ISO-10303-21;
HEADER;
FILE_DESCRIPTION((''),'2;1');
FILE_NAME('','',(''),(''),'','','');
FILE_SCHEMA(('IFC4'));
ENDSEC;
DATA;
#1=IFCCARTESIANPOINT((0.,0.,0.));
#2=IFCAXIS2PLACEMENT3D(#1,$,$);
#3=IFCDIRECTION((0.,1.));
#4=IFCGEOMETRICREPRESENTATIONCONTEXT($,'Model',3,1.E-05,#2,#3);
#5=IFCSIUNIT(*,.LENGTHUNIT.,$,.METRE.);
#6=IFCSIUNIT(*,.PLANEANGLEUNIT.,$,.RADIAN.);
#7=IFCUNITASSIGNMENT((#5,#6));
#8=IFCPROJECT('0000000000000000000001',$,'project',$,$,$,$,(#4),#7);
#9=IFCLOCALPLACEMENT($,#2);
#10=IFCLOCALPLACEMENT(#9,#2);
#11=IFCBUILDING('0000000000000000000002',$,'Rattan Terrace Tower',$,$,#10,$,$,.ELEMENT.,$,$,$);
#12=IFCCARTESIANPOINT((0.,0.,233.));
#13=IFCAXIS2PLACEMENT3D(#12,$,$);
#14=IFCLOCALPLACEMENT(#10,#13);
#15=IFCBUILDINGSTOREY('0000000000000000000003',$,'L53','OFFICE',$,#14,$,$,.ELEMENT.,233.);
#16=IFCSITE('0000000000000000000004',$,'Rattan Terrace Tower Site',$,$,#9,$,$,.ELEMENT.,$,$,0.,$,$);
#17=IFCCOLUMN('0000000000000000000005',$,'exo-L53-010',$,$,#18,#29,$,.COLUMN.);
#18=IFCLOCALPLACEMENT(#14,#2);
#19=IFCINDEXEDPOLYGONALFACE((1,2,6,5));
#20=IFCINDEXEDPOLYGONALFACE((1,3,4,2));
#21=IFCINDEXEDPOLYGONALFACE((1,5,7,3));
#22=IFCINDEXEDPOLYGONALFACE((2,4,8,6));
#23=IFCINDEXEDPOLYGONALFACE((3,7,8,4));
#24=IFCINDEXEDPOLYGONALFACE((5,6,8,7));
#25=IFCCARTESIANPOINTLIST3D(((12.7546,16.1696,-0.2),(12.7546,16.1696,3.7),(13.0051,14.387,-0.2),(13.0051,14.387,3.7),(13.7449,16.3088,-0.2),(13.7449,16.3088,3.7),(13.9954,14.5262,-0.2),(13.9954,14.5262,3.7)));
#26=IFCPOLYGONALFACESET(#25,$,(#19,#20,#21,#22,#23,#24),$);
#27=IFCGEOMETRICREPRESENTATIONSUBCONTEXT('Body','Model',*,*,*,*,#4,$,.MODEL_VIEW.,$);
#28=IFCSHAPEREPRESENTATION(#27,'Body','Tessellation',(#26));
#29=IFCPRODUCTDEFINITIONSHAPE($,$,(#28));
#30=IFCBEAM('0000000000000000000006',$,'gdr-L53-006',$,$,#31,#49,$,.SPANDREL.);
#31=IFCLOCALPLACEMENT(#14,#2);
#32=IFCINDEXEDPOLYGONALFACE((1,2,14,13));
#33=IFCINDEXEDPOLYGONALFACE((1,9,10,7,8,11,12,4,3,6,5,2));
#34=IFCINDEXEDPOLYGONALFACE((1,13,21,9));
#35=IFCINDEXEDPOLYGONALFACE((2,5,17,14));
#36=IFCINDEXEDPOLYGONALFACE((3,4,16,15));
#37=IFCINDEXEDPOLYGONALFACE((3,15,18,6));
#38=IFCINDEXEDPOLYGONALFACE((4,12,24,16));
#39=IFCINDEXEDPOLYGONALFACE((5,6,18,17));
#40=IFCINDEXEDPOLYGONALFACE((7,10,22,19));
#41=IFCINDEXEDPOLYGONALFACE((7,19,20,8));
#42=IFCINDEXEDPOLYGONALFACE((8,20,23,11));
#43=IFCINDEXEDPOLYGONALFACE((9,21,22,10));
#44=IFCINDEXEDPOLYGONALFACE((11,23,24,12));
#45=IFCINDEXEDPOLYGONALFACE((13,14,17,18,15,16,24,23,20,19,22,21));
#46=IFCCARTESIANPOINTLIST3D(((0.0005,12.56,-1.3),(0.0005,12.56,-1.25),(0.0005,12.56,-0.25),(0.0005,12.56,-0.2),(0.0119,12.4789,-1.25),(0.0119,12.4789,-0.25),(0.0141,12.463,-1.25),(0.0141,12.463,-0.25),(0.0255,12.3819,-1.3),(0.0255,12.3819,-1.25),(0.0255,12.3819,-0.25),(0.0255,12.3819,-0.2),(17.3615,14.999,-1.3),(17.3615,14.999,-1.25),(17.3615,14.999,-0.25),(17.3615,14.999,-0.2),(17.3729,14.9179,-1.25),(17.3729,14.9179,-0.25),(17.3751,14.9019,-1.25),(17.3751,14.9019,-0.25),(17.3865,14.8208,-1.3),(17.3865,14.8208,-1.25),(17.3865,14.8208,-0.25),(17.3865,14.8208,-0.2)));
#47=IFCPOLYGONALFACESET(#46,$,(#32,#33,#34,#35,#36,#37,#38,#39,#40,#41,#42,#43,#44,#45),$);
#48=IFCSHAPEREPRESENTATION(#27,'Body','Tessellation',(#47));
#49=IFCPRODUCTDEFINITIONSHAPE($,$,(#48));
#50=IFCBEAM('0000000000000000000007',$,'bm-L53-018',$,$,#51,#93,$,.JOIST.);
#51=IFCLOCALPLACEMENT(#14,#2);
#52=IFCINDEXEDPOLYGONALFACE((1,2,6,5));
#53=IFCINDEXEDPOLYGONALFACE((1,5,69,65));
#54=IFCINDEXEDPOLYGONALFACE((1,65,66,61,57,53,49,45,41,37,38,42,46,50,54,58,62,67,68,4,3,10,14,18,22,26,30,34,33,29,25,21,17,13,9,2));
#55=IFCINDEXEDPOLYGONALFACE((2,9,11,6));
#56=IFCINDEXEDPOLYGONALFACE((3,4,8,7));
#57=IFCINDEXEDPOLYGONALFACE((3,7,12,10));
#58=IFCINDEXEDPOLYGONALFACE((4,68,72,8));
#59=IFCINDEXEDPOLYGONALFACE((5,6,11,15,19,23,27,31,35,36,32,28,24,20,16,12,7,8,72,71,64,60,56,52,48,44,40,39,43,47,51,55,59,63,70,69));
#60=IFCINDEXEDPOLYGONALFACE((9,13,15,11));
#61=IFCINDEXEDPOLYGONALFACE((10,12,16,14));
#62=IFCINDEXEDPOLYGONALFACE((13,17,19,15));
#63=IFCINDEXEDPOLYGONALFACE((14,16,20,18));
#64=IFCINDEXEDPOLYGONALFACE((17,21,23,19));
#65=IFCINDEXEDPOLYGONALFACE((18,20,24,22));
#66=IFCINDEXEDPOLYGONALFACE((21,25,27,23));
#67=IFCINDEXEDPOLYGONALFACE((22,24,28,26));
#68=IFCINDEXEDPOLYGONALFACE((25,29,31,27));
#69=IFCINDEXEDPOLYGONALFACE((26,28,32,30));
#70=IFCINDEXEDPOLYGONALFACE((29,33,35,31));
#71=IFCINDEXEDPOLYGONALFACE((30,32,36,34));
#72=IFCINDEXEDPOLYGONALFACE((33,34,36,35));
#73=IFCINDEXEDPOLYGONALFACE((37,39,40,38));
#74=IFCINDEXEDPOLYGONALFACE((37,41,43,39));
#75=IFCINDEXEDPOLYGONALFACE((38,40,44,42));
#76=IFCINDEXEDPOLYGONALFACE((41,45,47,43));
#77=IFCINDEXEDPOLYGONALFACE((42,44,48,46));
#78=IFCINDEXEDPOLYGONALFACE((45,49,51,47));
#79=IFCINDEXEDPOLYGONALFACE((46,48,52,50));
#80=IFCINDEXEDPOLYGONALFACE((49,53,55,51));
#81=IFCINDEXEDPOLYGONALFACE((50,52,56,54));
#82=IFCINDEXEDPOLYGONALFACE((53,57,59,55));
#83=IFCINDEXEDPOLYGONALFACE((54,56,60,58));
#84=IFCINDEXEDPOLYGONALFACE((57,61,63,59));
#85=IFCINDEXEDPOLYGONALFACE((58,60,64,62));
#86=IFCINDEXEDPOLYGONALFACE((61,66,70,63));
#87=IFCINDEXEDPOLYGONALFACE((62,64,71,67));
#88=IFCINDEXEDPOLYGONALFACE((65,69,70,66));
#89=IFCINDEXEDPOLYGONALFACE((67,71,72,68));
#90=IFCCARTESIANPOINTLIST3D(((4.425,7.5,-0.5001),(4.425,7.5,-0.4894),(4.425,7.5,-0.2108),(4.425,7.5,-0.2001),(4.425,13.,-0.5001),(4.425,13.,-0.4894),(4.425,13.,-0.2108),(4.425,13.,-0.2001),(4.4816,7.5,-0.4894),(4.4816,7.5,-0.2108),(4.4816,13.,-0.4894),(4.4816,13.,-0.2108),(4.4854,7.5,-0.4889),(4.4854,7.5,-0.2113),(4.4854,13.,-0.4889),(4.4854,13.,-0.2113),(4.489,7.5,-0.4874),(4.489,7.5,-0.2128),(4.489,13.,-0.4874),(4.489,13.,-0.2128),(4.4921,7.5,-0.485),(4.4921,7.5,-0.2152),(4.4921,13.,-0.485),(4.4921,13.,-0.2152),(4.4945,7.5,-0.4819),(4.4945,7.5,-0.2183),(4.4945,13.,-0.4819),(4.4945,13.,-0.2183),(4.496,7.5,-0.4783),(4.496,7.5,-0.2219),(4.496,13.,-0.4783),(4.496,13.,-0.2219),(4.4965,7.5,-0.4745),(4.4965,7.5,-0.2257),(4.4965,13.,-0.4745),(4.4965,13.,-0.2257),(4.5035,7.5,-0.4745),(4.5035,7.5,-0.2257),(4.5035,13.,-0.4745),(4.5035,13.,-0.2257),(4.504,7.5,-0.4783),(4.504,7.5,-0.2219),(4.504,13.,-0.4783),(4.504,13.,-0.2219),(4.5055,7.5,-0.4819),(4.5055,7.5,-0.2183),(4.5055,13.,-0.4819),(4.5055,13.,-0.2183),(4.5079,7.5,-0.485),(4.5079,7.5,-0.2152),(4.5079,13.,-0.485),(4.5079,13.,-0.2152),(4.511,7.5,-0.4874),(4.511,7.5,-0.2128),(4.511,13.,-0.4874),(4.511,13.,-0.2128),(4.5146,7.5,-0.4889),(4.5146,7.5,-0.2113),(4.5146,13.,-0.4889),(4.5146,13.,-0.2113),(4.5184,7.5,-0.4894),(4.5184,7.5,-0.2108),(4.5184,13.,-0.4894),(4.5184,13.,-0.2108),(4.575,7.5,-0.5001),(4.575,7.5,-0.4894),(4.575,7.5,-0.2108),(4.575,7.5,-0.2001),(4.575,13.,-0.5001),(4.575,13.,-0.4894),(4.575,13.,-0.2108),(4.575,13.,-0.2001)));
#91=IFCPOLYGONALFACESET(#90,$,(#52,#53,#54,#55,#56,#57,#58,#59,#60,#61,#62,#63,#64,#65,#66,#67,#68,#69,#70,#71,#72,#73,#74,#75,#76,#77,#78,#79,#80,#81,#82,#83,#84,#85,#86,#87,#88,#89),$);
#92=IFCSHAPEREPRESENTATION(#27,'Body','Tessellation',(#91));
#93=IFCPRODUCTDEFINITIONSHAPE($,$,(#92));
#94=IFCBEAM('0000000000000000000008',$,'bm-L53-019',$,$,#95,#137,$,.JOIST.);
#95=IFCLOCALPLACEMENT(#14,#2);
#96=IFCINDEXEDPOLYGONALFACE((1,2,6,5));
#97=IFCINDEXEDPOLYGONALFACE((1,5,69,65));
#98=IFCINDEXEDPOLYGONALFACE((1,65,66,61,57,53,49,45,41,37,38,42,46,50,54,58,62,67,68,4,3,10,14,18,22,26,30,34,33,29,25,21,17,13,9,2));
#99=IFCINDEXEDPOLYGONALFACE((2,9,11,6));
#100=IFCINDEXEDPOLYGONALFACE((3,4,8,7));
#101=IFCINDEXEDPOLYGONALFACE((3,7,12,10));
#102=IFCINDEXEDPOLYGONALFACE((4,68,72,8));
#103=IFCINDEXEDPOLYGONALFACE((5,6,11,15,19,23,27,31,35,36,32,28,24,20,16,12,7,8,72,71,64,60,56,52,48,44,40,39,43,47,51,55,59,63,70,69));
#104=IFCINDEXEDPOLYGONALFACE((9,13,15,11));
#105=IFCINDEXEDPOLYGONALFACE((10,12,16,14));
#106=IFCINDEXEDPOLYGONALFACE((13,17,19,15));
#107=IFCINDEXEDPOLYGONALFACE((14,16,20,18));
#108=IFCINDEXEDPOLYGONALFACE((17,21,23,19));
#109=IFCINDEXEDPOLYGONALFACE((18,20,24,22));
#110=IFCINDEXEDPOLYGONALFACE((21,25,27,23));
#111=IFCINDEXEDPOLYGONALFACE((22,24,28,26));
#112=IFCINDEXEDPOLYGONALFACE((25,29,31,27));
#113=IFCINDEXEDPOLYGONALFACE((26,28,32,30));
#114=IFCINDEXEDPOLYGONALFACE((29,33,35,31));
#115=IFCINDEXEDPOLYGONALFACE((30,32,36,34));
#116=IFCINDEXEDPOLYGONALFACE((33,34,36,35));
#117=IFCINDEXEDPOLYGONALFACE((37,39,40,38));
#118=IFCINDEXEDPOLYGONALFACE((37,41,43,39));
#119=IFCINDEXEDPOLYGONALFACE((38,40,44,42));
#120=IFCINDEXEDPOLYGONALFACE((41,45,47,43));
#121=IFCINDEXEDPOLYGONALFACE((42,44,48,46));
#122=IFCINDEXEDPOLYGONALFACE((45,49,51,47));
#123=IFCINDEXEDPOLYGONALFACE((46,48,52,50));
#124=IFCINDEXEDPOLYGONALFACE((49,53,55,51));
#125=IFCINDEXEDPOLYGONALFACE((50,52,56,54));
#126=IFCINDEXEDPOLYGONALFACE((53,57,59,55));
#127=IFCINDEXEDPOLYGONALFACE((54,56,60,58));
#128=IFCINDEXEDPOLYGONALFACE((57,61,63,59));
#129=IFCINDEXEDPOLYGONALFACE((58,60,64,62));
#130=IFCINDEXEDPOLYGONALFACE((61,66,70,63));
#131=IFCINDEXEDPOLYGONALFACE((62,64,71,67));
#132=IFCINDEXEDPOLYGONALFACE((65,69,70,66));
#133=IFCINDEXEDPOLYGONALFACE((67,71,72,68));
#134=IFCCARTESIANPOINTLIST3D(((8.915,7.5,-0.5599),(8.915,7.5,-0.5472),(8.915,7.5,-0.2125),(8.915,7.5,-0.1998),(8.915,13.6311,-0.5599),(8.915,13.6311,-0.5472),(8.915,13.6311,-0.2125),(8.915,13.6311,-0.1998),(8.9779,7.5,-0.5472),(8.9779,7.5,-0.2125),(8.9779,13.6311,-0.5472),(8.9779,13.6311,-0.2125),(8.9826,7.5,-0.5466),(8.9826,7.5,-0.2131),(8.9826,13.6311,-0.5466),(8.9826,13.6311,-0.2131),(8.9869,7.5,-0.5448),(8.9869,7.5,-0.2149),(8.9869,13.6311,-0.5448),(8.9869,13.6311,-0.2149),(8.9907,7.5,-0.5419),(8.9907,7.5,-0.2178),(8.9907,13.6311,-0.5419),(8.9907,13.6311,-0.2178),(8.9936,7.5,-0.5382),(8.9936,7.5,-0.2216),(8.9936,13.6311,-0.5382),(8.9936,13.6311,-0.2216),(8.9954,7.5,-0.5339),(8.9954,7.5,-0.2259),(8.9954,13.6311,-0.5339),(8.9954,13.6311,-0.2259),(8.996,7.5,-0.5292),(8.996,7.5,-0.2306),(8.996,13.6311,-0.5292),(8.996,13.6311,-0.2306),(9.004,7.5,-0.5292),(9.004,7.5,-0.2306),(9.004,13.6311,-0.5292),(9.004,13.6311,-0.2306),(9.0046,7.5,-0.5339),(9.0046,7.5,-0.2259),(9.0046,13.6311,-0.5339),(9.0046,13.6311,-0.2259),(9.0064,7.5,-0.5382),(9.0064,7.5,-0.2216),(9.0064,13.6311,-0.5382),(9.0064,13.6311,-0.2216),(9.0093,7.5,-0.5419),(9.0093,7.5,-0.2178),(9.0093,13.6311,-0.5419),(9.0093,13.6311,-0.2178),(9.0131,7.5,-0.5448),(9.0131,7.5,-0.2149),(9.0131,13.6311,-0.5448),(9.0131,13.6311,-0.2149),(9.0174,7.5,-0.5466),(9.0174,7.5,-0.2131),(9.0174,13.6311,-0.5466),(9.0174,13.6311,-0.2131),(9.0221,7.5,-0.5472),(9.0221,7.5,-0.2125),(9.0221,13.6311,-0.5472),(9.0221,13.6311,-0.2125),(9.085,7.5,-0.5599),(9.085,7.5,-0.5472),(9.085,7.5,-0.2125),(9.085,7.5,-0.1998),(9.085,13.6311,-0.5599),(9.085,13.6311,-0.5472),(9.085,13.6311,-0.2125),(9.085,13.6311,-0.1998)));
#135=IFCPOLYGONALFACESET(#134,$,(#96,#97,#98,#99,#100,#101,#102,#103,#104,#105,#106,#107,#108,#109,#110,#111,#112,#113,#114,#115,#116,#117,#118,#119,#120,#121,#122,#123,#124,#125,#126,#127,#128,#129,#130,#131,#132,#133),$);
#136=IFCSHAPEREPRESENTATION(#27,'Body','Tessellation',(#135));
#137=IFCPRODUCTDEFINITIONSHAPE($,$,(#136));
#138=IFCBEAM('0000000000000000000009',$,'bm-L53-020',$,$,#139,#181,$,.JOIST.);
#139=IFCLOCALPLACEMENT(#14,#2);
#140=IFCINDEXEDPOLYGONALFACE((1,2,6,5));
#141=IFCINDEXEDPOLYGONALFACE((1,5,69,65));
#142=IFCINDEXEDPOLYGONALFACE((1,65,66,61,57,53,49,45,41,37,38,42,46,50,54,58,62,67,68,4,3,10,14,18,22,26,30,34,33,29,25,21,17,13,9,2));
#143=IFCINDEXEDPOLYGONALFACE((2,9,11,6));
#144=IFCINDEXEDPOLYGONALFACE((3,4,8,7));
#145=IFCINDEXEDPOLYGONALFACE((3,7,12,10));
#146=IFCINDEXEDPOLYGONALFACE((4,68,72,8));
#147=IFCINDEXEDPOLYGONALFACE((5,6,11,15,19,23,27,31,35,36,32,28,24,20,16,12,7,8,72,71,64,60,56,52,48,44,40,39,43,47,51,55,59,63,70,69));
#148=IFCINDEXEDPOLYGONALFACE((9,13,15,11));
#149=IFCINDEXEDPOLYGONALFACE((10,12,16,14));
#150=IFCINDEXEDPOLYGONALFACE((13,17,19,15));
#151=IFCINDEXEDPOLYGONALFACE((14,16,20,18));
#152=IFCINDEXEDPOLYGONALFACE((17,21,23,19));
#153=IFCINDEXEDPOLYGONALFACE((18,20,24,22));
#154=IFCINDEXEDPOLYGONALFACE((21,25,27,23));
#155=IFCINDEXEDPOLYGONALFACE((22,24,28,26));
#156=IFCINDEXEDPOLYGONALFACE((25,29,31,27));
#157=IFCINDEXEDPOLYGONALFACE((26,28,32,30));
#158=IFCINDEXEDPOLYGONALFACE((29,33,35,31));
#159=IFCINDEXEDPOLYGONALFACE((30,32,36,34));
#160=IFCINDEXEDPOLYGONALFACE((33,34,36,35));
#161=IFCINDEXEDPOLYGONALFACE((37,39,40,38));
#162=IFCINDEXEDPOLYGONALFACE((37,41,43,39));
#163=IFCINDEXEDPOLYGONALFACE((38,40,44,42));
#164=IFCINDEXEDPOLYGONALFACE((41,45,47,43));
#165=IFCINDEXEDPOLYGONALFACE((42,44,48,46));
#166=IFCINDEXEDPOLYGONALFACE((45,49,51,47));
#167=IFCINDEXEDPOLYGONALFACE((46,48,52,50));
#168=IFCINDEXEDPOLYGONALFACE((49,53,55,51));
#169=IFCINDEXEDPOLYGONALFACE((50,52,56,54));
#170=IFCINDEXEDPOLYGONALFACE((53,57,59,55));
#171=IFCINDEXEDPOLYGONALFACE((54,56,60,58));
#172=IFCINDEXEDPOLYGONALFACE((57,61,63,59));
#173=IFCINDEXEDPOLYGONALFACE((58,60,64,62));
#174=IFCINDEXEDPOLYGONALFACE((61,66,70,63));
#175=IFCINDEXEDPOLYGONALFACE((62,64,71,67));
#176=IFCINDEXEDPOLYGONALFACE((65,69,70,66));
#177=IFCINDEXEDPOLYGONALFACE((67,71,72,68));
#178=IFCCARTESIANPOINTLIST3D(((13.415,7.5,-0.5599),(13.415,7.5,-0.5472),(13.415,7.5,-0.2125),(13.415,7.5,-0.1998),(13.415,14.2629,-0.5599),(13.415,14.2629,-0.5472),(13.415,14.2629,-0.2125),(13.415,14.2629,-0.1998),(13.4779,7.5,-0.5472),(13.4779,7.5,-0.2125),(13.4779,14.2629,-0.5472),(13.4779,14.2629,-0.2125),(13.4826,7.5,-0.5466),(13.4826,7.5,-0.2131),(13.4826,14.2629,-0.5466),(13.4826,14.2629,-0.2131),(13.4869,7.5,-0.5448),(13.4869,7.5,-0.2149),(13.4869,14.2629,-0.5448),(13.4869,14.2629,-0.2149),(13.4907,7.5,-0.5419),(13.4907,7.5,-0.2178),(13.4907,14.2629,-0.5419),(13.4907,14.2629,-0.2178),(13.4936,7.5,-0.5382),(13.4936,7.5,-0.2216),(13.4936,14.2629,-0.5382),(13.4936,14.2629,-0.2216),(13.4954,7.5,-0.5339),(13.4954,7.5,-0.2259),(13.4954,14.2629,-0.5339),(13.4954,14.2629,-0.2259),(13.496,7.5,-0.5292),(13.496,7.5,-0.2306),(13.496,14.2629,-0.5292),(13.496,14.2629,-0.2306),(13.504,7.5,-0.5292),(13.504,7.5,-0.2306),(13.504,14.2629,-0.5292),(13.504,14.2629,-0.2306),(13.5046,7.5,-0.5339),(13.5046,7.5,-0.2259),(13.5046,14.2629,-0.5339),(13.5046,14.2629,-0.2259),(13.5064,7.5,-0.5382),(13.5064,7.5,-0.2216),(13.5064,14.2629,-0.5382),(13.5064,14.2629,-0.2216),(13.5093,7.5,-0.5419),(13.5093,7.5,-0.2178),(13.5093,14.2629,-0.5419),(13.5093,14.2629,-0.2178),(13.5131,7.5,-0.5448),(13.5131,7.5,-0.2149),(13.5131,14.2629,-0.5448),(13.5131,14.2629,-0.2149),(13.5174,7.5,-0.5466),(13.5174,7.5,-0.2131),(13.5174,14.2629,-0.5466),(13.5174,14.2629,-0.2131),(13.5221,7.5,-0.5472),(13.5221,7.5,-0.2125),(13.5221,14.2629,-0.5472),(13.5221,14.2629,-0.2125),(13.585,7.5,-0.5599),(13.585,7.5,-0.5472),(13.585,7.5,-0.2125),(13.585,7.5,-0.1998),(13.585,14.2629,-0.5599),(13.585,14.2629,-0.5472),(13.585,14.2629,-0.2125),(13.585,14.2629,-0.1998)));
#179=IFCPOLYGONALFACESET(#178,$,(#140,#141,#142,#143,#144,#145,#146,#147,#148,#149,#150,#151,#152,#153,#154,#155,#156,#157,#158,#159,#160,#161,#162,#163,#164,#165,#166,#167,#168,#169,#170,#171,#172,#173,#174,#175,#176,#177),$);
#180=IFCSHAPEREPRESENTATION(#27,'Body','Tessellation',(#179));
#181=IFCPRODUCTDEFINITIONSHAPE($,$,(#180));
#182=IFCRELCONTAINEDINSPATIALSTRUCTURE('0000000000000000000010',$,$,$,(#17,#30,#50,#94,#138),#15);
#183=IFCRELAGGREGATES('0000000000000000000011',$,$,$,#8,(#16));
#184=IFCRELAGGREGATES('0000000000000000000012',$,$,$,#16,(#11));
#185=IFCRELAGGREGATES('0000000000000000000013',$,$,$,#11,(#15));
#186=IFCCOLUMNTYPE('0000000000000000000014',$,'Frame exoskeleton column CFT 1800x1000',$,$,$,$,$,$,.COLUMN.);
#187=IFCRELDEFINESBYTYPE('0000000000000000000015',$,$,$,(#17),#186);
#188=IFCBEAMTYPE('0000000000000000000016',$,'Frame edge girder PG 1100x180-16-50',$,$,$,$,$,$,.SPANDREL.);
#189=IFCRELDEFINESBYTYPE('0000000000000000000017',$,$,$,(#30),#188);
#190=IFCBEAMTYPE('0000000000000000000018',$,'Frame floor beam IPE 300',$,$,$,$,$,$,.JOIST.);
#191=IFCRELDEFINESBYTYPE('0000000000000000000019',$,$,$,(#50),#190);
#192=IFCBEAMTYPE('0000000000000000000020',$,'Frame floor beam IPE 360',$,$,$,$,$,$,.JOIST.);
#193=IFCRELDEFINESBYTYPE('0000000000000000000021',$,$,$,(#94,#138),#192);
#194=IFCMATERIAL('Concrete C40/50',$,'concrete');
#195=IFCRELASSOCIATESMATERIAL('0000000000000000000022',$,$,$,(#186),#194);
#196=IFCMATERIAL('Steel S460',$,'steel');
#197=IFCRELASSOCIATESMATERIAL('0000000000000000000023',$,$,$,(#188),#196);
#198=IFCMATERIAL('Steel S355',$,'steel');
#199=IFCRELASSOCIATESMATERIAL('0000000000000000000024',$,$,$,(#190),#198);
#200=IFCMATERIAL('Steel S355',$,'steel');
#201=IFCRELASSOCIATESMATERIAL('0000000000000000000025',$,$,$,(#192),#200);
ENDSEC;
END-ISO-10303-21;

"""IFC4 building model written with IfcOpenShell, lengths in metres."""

from ifc_helpers import new_model, si_unit, direction, frame, origin, origin_2d, place, context, subcontext, project, spatial, rectangle, i_section, extrude, material, material_profile, profile_set, type_object, element, save


model = new_model("IFC4")

# Units and contexts
model_context = context("Model", 3, precision=1e-05, world=origin(), true_north=direction((0.0, 1.0)))
body_context = subcontext(model_context, "Body", "Model", "MODEL_VIEW")
ifc_project = project(units=[si_unit("LENGTHUNIT", "METRE"), si_unit("PLANEANGLEUNIT", "RADIAN")], contexts=[model_context])

# Site, building, storey
site_placement = place(None, origin())
site = spatial("IfcSite", under=ifc_project, at=site_placement, Name="Rattan Terrace Tower Site", CompositionType="ELEMENT", RefElevation=0.0)
building_placement = place(site_placement, origin())
building = spatial("IfcBuilding", under=site, at=building_placement, Name="Rattan Terrace Tower", CompositionType="ELEMENT")
storey_placement = place(building_placement, frame((0.0, 0.0, 233.0)))
storey = spatial("IfcBuildingStorey", under=building, at=storey_placement, Name="L53", Description="OFFICE", CompositionType="ELEMENT", Elevation=233.0)

# Column
ifc_material_1 = material(Name="Concrete C40/50", Category="concrete")
ifc_material_profile_1 = material_profile(ifc_material_1, rectangle(XDim=1.0, YDim=1.8, at=origin_2d()), Name="CFT 1800x1000")
ifc_profile_set_1 = profile_set([ifc_material_profile_1], Name="Concrete C40/50")
column_type = type_object("IfcColumnType", Name="Frame exoskeleton column CFT 1800x1000", PredefinedType="COLUMN", material=ifc_profile_set_1)
column_placement = place(storey_placement, frame((13.375, 15.3479, -0.2), z_axis=(0.0, 0.0, 1.0), x_axis=(0.990268, 0.139173, 0.0)))
element("IfcColumn", 1, at=column_placement, inside=storey, type_object=column_type, Name="exo-L53-010", PredefinedType="COLUMN", context=body_context, shape_type="SweptSolid", body=[
    extrude(rectangle(XDim=1.0, YDim=1.8, at=origin_2d()), origin(), (0.0, 0.0, 1.0), 3.8999),
])

# Beams
ifc_material_2 = material(Name="Steel S460", Category="steel")
ifc_material_profile_2 = material_profile(ifc_material_2, i_section(OverallWidth=0.1799, OverallDepth=1.1001, WebThickness=0.0161, FlangeThickness=0.05, at=origin_2d()), Name="PG 1100x180-16-50")
ifc_profile_set_2 = profile_set([ifc_material_profile_2], Name="Steel S460")
beam_type_1 = type_object("IfcBeamType", Name="Frame edge girder PG 1100x180-16-50", PredefinedType="SPANDREL", material=ifc_profile_set_2)
beam_1_placement = place(storey_placement, frame((17.374, 14.9099, -0.75), z_axis=(-0.990276, -0.139118, 0.0), x_axis=(0.139118, -0.990276, 0.0)))
element("IfcBeam", 2, at=beam_1_placement, inside=storey, type_object=beam_type_1, Name="gdr-L53-006", PredefinedType="SPANDREL", context=body_context, shape_type="SweptSolid", body=[
    extrude(i_section(OverallWidth=0.1799, OverallDepth=1.1001, WebThickness=0.0161, FlangeThickness=0.05, at=origin_2d()), origin(), (0.0, 0.0, 1.0), 17.5315),
])
ifc_material_3 = material(Name="Steel S355", Category="steel")
ifc_material_profile_3 = material_profile(ifc_material_3, i_section(OverallWidth=0.1499, OverallDepth=0.3, WebThickness=0.0071, FlangeThickness=0.0107, FilletRadius=0.0149, at=origin_2d()), Name="IPE 300")
ifc_profile_set_3 = profile_set([ifc_material_profile_3], Name="Steel S355")
beam_type_2 = type_object("IfcBeamType", Name="Frame floor beam IPE 300", PredefinedType="JOIST", material=ifc_profile_set_3)
beam_2_placement = place(storey_placement, frame((4.5, 7.5, -0.3501), z_axis=(0.0, 1.0, 0.0), x_axis=(-1.0, 0.0, 0.0)))
element("IfcBeam", 3, at=beam_2_placement, inside=storey, type_object=beam_type_2, Name="bm-L53-018", PredefinedType="JOIST", context=body_context, shape_type="SweptSolid", body=[
    extrude(i_section(OverallWidth=0.1499, OverallDepth=0.3, WebThickness=0.0071, FlangeThickness=0.0107, FilletRadius=0.0149, at=origin_2d()), origin(), (0.0, 0.0, 1.0), 5.5),
])
ifc_material_4 = material(Name="Steel S355", Category="steel")
ifc_material_profile_4 = material_profile(ifc_material_4, i_section(OverallWidth=0.1699, OverallDepth=0.3601, WebThickness=0.0081, FlangeThickness=0.0127, FilletRadius=0.0181, at=origin_2d()), Name="IPE 360")
ifc_profile_set_4 = profile_set([ifc_material_profile_4], Name="Steel S355")
beam_type_3 = type_object("IfcBeamType", Name="Frame floor beam IPE 360", PredefinedType="JOIST", material=ifc_profile_set_4)
beam_3_placement = place(storey_placement, frame((9.0, 7.5, -0.3799), z_axis=(0.0, 1.0, 0.0), x_axis=(-1.0, 0.0, 0.0)))
element("IfcBeam", 4, at=beam_3_placement, inside=storey, type_object=beam_type_3, Name="bm-L53-019", PredefinedType="JOIST", context=body_context, shape_type="SweptSolid", body=[
    extrude(i_section(OverallWidth=0.1699, OverallDepth=0.3601, WebThickness=0.0081, FlangeThickness=0.0127, FilletRadius=0.0181, at=origin_2d()), origin(), (0.0, 0.0, 1.0), 6.1311),
])
beam_4_placement = place(storey_placement, frame((13.5, 7.5, -0.3799), z_axis=(0.0, 1.0, 0.0), x_axis=(-1.0, 0.0, 0.0)))
element("IfcBeam", 5, at=beam_4_placement, inside=storey, type_object=beam_type_3, Name="bm-L53-020", PredefinedType="JOIST", context=body_context, shape_type="SweptSolid", body=[
    extrude(i_section(OverallWidth=0.1699, OverallDepth=0.3601, WebThickness=0.0081, FlangeThickness=0.0127, FilletRadius=0.0181, at=origin_2d()), origin(), (0.0, 0.0, 1.0), 6.7629),
])

save(model, "model.ifc")
